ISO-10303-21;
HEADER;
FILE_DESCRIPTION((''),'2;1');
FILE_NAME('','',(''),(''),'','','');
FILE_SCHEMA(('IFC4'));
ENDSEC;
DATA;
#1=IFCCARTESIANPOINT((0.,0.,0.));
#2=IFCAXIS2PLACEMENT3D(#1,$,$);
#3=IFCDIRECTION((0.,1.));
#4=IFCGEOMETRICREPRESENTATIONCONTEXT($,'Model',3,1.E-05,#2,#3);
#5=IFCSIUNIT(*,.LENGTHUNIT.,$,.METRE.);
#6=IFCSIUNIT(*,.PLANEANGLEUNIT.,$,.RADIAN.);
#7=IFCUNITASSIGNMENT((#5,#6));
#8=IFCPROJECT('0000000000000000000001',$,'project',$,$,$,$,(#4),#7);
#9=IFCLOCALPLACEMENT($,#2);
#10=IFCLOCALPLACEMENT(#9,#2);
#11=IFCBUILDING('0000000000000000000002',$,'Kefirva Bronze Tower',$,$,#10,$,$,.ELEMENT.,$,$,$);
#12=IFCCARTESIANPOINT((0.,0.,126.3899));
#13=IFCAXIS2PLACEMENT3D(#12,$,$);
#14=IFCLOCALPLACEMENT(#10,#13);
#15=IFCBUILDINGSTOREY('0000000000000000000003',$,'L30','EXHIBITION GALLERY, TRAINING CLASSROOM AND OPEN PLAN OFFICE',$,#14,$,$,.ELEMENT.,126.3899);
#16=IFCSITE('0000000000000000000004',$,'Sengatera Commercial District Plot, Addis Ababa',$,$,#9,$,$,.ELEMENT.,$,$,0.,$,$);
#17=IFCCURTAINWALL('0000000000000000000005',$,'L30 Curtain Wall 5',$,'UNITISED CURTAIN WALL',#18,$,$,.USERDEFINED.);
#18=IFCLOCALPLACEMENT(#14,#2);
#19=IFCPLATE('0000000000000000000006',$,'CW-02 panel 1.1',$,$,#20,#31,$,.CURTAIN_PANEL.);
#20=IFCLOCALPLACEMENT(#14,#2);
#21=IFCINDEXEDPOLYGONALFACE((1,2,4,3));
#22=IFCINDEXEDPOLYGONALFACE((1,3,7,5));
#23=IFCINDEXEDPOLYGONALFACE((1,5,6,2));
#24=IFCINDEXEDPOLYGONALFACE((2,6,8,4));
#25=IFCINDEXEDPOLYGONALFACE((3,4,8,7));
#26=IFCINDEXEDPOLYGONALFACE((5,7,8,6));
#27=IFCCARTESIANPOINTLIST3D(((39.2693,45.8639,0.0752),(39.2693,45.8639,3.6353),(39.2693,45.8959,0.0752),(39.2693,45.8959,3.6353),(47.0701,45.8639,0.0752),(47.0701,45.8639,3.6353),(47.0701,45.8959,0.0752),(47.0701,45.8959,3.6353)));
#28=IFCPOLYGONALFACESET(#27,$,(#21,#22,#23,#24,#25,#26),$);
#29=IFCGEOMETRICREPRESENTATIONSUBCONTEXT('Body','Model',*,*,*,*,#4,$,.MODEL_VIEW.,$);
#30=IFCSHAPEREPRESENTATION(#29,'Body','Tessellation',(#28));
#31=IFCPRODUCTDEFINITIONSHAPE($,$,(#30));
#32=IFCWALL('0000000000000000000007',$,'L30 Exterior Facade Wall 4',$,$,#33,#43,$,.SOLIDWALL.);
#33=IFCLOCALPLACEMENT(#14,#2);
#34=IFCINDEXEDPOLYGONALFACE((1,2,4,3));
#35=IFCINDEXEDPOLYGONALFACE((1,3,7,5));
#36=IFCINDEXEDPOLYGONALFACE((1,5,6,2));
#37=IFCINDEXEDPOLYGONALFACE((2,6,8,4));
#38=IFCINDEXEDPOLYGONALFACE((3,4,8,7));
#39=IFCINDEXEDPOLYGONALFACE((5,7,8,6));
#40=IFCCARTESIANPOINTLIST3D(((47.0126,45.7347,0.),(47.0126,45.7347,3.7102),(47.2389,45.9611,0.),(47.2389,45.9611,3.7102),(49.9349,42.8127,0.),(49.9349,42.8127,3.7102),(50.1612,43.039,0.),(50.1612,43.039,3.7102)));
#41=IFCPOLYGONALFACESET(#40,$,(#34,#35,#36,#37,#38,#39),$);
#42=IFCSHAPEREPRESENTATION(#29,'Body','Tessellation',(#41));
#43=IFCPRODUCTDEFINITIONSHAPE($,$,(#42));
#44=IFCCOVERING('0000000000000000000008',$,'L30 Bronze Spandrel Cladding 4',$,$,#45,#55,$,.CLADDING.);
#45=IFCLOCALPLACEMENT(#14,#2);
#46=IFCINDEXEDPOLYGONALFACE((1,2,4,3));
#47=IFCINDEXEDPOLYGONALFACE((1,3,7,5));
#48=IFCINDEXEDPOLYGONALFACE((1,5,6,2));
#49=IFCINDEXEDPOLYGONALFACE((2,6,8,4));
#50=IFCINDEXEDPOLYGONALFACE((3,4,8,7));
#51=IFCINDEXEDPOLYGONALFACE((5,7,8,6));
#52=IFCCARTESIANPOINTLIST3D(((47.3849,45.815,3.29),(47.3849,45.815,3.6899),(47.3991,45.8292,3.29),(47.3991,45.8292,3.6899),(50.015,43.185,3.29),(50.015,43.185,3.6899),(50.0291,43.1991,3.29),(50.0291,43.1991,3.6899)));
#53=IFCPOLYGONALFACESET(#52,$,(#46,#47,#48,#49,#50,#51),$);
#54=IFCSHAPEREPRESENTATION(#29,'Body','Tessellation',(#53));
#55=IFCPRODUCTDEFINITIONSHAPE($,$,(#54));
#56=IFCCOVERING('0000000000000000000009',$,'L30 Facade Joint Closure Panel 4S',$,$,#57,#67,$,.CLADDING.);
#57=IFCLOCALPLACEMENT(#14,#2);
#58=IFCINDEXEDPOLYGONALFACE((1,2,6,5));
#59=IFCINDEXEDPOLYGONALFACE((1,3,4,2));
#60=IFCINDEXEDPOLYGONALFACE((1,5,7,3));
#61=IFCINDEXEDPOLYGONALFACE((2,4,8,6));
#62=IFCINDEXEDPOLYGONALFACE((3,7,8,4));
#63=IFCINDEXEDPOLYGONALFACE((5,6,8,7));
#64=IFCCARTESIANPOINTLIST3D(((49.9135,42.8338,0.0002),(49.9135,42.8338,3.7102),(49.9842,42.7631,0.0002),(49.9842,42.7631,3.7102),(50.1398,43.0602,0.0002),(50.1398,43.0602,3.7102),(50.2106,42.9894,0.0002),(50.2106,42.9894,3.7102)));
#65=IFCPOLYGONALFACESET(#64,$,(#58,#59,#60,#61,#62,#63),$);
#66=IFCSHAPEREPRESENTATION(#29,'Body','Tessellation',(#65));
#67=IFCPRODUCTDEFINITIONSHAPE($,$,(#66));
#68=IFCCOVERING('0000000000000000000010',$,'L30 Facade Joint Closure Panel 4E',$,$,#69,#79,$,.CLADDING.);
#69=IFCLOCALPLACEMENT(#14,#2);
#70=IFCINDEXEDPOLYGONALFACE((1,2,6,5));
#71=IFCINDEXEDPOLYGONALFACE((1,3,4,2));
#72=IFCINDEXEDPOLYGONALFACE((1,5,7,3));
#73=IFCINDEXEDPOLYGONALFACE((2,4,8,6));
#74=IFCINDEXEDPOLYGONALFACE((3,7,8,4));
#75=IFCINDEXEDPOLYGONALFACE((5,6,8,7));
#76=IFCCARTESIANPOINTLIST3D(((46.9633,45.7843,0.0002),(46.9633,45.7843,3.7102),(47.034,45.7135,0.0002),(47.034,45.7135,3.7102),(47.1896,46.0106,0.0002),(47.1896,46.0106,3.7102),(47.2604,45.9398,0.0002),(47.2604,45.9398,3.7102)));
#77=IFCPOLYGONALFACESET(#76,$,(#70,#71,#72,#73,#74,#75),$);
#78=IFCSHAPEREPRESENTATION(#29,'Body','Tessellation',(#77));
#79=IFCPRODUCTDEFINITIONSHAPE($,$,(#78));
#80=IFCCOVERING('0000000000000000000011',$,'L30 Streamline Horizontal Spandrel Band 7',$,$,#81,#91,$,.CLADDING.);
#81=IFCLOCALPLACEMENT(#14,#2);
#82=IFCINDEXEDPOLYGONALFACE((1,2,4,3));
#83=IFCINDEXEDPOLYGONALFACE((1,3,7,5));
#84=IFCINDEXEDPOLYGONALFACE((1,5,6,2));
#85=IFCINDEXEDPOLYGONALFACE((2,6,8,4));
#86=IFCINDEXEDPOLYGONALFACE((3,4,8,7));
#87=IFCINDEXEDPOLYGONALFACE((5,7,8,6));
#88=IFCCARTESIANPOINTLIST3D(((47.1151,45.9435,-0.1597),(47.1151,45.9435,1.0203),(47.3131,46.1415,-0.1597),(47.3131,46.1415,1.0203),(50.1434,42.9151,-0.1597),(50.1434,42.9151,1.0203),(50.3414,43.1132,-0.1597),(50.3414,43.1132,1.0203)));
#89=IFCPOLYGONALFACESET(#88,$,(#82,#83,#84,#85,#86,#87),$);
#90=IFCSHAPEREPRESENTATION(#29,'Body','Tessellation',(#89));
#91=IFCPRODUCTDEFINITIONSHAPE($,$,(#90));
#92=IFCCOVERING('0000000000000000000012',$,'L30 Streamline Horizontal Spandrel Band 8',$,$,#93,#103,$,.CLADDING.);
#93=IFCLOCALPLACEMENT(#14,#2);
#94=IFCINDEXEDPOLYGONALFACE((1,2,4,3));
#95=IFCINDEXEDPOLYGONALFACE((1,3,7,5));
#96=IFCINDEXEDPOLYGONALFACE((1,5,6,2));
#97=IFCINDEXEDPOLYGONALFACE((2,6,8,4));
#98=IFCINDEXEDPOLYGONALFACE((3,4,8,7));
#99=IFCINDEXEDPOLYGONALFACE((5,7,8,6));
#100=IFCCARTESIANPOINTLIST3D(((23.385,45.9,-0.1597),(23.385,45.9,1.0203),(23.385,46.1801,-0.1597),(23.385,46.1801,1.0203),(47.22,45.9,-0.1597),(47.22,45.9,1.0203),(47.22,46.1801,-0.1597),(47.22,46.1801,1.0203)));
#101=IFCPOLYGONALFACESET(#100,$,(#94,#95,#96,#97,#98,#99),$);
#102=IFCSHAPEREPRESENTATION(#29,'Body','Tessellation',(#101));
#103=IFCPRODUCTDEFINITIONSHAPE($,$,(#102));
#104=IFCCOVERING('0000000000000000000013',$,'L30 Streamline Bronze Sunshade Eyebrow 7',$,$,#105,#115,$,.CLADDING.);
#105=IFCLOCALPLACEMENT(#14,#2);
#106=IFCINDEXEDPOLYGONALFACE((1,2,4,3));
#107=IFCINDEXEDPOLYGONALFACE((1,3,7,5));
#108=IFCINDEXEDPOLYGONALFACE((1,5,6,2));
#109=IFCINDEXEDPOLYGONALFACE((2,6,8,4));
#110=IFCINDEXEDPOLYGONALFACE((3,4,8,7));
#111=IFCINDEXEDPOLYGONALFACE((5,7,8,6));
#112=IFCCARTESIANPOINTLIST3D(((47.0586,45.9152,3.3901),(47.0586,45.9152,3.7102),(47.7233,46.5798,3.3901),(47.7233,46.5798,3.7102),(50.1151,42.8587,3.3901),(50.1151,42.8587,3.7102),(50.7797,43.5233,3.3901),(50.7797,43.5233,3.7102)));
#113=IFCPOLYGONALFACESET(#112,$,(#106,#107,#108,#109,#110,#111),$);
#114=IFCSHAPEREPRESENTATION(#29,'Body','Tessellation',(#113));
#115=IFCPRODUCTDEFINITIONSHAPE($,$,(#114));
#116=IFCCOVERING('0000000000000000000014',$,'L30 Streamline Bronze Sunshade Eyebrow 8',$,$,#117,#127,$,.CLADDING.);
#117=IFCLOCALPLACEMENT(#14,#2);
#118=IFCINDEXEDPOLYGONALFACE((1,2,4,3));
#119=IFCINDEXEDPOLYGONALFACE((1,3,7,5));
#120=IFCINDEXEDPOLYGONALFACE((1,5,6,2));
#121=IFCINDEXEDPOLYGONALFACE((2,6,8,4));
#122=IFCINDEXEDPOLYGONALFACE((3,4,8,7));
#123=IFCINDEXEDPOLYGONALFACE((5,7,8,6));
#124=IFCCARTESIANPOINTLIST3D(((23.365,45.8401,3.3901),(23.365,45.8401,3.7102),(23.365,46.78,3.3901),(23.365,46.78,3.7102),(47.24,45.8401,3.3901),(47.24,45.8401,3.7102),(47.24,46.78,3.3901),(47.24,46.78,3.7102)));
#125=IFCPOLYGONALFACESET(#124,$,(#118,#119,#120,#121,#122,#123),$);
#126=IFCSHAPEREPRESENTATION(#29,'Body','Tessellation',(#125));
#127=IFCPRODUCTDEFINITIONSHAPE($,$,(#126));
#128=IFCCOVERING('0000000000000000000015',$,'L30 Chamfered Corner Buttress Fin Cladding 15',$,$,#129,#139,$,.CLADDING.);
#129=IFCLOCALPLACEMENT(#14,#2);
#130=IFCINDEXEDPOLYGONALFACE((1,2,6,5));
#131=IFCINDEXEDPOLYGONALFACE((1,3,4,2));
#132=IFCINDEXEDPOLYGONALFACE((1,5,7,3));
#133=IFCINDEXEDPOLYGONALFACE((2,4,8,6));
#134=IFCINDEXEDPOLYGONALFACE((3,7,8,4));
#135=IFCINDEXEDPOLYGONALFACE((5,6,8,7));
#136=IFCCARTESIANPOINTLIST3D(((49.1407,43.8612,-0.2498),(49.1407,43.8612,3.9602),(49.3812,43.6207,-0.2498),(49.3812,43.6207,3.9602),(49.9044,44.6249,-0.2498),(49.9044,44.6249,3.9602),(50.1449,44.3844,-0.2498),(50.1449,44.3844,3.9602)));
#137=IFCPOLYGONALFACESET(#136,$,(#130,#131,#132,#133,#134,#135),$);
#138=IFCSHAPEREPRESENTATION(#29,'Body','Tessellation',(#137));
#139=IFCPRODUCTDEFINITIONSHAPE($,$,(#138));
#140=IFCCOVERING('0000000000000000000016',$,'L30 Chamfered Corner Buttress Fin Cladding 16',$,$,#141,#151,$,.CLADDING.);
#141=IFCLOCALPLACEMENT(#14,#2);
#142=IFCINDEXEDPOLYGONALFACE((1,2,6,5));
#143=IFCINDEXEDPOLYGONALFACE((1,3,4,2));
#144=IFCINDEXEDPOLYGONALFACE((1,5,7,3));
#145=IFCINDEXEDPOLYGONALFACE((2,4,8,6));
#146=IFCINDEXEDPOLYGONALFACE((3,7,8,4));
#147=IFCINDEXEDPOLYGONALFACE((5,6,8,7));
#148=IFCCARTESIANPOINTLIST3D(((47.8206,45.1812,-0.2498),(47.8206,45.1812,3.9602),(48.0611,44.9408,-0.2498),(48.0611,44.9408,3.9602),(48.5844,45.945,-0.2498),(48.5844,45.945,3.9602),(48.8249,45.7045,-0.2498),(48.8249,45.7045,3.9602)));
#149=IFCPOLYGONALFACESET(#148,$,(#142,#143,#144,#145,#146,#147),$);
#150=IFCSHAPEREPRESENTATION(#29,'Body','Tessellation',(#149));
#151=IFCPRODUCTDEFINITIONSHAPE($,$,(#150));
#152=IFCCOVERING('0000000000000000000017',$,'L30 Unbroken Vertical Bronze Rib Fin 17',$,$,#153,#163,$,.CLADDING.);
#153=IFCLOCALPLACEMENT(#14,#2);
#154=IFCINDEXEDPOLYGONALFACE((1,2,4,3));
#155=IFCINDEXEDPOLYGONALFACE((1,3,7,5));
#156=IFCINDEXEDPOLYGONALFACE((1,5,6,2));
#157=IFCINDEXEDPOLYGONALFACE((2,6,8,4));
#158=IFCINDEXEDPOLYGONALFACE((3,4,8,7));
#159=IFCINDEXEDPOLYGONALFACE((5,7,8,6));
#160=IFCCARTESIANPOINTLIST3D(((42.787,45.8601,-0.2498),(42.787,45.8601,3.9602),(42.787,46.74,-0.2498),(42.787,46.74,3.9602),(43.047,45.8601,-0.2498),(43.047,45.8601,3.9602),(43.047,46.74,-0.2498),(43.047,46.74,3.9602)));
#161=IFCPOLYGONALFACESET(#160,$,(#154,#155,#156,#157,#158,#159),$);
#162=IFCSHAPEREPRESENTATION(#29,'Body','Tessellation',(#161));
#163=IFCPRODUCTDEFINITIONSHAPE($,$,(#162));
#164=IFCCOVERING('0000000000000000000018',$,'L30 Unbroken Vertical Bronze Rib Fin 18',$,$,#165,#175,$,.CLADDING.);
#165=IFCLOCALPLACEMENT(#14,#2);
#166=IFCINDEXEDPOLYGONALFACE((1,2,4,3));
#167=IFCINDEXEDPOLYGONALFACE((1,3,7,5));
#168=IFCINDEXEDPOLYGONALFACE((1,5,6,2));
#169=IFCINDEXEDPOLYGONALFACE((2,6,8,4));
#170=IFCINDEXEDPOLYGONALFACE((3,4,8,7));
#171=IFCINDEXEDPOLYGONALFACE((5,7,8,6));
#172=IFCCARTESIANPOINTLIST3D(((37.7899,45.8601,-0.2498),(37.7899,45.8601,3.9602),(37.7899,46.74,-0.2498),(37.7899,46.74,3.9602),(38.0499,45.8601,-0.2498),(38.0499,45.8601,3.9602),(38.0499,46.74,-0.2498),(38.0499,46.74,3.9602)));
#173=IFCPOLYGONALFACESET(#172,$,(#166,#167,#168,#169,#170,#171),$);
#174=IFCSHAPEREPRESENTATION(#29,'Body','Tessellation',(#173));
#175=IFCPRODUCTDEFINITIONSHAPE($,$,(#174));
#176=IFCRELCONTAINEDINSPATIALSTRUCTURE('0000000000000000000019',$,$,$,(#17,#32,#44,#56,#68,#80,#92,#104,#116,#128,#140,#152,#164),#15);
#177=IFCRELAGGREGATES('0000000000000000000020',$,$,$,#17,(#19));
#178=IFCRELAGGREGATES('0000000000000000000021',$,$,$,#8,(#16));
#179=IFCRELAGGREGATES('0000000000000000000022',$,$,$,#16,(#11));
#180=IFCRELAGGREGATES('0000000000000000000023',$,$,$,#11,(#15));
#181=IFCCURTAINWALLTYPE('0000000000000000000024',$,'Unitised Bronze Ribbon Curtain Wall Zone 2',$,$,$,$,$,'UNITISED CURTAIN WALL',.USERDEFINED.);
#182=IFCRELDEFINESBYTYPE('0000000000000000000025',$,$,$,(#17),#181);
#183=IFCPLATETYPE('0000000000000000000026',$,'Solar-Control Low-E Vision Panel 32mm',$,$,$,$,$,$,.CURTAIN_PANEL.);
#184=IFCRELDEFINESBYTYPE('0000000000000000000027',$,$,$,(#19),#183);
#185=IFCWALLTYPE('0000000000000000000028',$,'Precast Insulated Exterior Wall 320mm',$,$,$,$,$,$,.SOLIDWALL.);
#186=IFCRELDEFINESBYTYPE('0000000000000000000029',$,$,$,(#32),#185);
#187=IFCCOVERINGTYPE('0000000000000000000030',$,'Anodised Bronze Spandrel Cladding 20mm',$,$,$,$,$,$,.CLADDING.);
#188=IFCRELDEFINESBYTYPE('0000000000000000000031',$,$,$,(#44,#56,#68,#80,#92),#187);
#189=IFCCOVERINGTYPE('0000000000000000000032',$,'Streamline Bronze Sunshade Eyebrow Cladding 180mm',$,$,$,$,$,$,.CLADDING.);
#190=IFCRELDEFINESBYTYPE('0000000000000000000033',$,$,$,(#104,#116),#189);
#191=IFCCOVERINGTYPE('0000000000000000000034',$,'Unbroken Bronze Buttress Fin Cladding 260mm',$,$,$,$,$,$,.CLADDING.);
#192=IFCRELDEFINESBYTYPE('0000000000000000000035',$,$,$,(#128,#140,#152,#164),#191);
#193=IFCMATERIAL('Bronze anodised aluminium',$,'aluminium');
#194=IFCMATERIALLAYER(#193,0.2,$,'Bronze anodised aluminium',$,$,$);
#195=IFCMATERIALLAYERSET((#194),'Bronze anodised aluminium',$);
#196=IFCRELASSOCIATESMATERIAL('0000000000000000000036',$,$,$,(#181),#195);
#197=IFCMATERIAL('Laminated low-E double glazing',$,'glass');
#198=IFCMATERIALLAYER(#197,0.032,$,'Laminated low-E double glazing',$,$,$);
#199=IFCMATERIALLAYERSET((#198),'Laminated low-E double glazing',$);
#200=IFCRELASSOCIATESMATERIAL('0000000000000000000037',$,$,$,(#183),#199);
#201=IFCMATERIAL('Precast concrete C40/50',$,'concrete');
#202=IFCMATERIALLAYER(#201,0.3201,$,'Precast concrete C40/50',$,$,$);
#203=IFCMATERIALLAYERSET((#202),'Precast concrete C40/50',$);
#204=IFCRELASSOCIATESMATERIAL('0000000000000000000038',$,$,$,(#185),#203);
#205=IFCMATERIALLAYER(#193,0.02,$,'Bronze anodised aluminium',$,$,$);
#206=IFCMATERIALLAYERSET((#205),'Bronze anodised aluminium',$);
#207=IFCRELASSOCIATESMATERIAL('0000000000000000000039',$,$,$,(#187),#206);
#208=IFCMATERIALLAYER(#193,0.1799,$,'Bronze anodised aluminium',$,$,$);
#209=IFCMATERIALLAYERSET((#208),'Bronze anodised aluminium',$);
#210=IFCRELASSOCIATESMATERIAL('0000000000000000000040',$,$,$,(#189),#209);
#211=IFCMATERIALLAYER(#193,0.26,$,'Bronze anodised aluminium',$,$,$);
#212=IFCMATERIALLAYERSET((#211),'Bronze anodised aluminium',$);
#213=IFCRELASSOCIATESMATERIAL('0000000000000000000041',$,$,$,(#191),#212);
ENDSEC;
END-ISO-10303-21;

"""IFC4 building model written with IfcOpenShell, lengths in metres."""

from ifc_helpers import new_model, si_unit, direction, frame, frame_2d, origin, origin_2d, place, context, subcontext, project, spatial, rectangle, extrude, material, layer, layer_set, type_object, element, aggregate, save


model = new_model("IFC4")

# Units and contexts
model_context = context("Model", 3, precision=1e-05, world=origin(), true_north=direction((0.0, 1.0)))
body_context = subcontext(model_context, "Body", "Model", "MODEL_VIEW")
ifc_project = project(units=[si_unit("LENGTHUNIT", "METRE"), si_unit("PLANEANGLEUNIT", "RADIAN")], contexts=[model_context])

# Site, building, storey
site_placement = place(None, origin())
site = spatial("IfcSite", under=ifc_project, at=site_placement, Name="Sengatera Commercial District Plot, Addis Ababa", CompositionType="ELEMENT", RefElevation=0.0)
building_placement = place(site_placement, origin())
building = spatial("IfcBuilding", under=site, at=building_placement, Name="Kefirva Bronze Tower", CompositionType="ELEMENT")
storey_placement = place(building_placement, frame((0.0, 0.0, 126.3899)))
storey = spatial("IfcBuildingStorey", under=building, at=storey_placement, Name="L30", Description="EXHIBITION GALLERY, TRAINING CLASSROOM AND OPEN PLAN OFFICE", CompositionType="ELEMENT", Elevation=126.3899)

# Shared definitions
ifc_material_1 = material(Name="Bronze anodised aluminium", Category="aluminium")
ifc_layer_1 = layer(ifc_material_1, 0.2, Name="Bronze anodised aluminium")
ifc_layer_set_1 = layer_set([ifc_layer_1], Name="Bronze anodised aluminium")
curtain_wall_type = type_object("IfcCurtainWallType", Name="Unitised Bronze Ribbon Curtain Wall Zone 2", ElementType="UNITISED CURTAIN WALL", PredefinedType="USERDEFINED", material=ifc_layer_set_1)

# Curtain wall
curtain_wall_1_placement = place(storey_placement, origin())
curtain_wall_1 = element("IfcCurtainWall", 1, at=curtain_wall_1_placement, inside=storey, type_object=curtain_wall_type, Name="L30 Curtain Wall 5", ObjectType="UNITISED CURTAIN WALL", PredefinedType="USERDEFINED")

# Plate
ifc_material_2 = material(Name="Laminated low-E double glazing", Category="glass")
ifc_layer_2 = layer(ifc_material_2, 0.032, Name="Laminated low-E double glazing")
ifc_layer_set_2 = layer_set([ifc_layer_2], Name="Laminated low-E double glazing")
plate_type = type_object("IfcPlateType", Name="Solar-Control Low-E Vision Panel 32mm", PredefinedType="CURTAIN_PANEL", material=ifc_layer_set_2)
plate_placement = place(storey_placement, frame((43.1697, 45.8799, 0.0752), z_axis=(0.0, 0.0, 1.0), x_axis=(-1.0, 0.0, 0.0)))
plate = element("IfcPlate", 2, at=plate_placement, type_object=plate_type, Name="CW-02 panel 1.1", PredefinedType="CURTAIN_PANEL", context=body_context, shape_type="SweptSolid", body=[
    extrude(rectangle(XDim=7.8008, YDim=0.032, at=origin_2d()), origin(), (0.0, 0.0, 1.0), 3.5601),
])
aggregate(curtain_wall_1, [plate])

# Wall
ifc_material_3 = material(Name="Precast concrete C40/50", Category="concrete")
ifc_layer_3 = layer(ifc_material_3, 0.3201, Name="Precast concrete C40/50")
ifc_layer_set_3 = layer_set([ifc_layer_3], Name="Precast concrete C40/50")
wall_type = type_object("IfcWallType", Name="Precast Insulated Exterior Wall 320mm", PredefinedType="SOLIDWALL", material=ifc_layer_set_3)
wall_placement = place(storey_placement, frame((50.0481, 42.9258, 0.0), z_axis=(0.0, 0.0, 1.0), x_axis=(-0.707136, 0.707077, 0.0)))
element("IfcWall", 3, at=wall_placement, inside=storey, type_object=wall_type, Name="L30 Exterior Facade Wall 4", PredefinedType="SOLIDWALL", context=body_context, shape_type="SweptSolid", body=[
    extrude(rectangle(XDim=4.1326, YDim=0.3201, at=frame_2d((2.0664, 0.0))), origin(), (0.0, 0.0, 1.0), 3.7102),
])

# Coverings
ifc_layer_4 = layer(ifc_material_1, 0.02, Name="Bronze anodised aluminium")
ifc_layer_set_4 = layer_set([ifc_layer_4], Name="Bronze anodised aluminium")
covering_type_1 = type_object("IfcCoveringType", Name="Anodised Bronze Spandrel Cladding 20mm", PredefinedType="CLADDING", material=ifc_layer_set_4)
covering_1_placement = place(storey_placement, frame((48.707, 44.5071, 3.29), z_axis=(0.0, 0.0, 1.0), x_axis=(-0.707107, 0.707107, 0.0)))
element("IfcCovering", 4, at=covering_1_placement, inside=storey, type_object=covering_type_1, Name="L30 Bronze Spandrel Cladding 4", PredefinedType="CLADDING", context=body_context, shape_type="SweptSolid", body=[
    extrude(rectangle(XDim=3.7195, YDim=0.02, at=origin_2d()), origin(), (0.0, 0.0, 1.0), 0.3999),
])
for number, where, z_axis, x_axis, name in (
    (5, (50.062, 42.9116, 0.0002), (0.0, 0.0, 1.0), (-0.707107, 0.707107, 0.0), "L30 Facade Joint Closure Panel 4S"),
    (6, (47.1118, 45.8621, 0.0002), (0.0, 0.0, 1.0), (-0.707107, 0.707107, 0.0), "L30 Facade Joint Closure Panel 4E"),
):
    element("IfcCovering", number, at=place(storey_placement, frame(where, z_axis=z_axis, x_axis=x_axis)), inside=storey, type_object=covering_type_1, Name=name, PredefinedType="CLADDING", context=body_context, shape_type="SweptSolid", body=[
        extrude(rectangle(XDim=0.1001, YDim=0.3201, at=origin_2d()), origin(), (0.0, 0.0, 1.0), 3.71),
    ])
covering_2_placement = place(storey_placement, frame((48.7283, 44.5283, -0.1597), z_axis=(0.0, 0.0, 1.0), x_axis=(-0.707107, 0.707107, 0.0)))
element("IfcCovering", 7, at=covering_2_placement, inside=storey, type_object=covering_type_1, Name="L30 Streamline Horizontal Spandrel Band 7", PredefinedType="CLADDING", context=body_context, shape_type="SweptSolid", body=[
    extrude(rectangle(XDim=4.2827, YDim=0.28, at=origin_2d()), origin(), (0.0, 0.0, 1.0), 1.1799),
])
covering_3_placement = place(storey_placement, frame((35.3025, 46.04, -0.1597), z_axis=(0.0, 0.0, 1.0), x_axis=(-1.0, 0.0, 0.0)))
element("IfcCovering", 8, at=covering_3_placement, inside=storey, type_object=covering_type_1, Name="L30 Streamline Horizontal Spandrel Band 8", PredefinedType="CLADDING", context=body_context, shape_type="SweptSolid", body=[
    extrude(rectangle(XDim=23.835, YDim=0.28, at=origin_2d()), origin(), (0.0, 0.0, 1.0), 1.1799),
])
ifc_layer_5 = layer(ifc_material_1, 0.1799, Name="Bronze anodised aluminium")
ifc_layer_set_5 = layer_set([ifc_layer_5], Name="Bronze anodised aluminium")
covering_type_2 = type_object("IfcCoveringType", Name="Streamline Bronze Sunshade Eyebrow Cladding 180mm", PredefinedType="CLADDING", material=ifc_layer_set_5)
covering_4_placement = place(storey_placement, frame((48.9192, 44.7192, 3.3901), z_axis=(0.0, 0.0, 1.0), x_axis=(-0.707107, 0.707107, 0.0)))
element("IfcCovering", 9, at=covering_4_placement, inside=storey, type_object=covering_type_2, Name="L30 Streamline Bronze Sunshade Eyebrow 7", PredefinedType="CLADDING", context=body_context, shape_type="SweptSolid", body=[
    extrude(rectangle(XDim=4.3225, YDim=0.9399, at=origin_2d()), origin(), (0.0, 0.0, 1.0), 0.3201),
])
covering_5_placement = place(storey_placement, frame((35.3025, 46.3101, 3.3901), z_axis=(0.0, 0.0, 1.0), x_axis=(-1.0, 0.0, 0.0)))
element("IfcCovering", 10, at=covering_5_placement, inside=storey, type_object=covering_type_2, Name="L30 Streamline Bronze Sunshade Eyebrow 8", PredefinedType="CLADDING", context=body_context, shape_type="SweptSolid", body=[
    extrude(rectangle(XDim=23.875, YDim=0.9399, at=origin_2d()), origin(), (0.0, 0.0, 1.0), 0.3201),
])
ifc_layer_6 = layer(ifc_material_1, 0.26, Name="Bronze anodised aluminium")
ifc_layer_set_6 = layer_set([ifc_layer_6], Name="Bronze anodised aluminium")
covering_type_3 = type_object("IfcCoveringType", Name="Unbroken Bronze Buttress Fin Cladding 260mm", PredefinedType="CLADDING", material=ifc_layer_set_6)
for number, where, z_axis, x_axis, name in (
    (11, (49.6428, 44.1228, -0.2498), (0.0, 0.0, 1.0), (-0.707107, 0.707107, 0.0), "L30 Chamfered Corner Buttress Fin Cladding 15"),
    (12, (48.3228, 45.4429, -0.2498), (0.0, 0.0, 1.0), (-0.707107, 0.707107, 0.0), "L30 Chamfered Corner Buttress Fin Cladding 16"),
):
    element("IfcCovering", number, at=place(storey_placement, frame(where, z_axis=z_axis, x_axis=x_axis)), inside=storey, type_object=covering_type_3, Name=name, PredefinedType="CLADDING", context=body_context, shape_type="SweptSolid", body=[
        extrude(rectangle(XDim=0.3401, YDim=1.0801, at=origin_2d()), origin(), (0.0, 0.0, 1.0), 4.21),
    ])
for number, where, z_axis, x_axis, name in (
    (13, (42.917, 46.3, -0.2498), (0.0, 0.0, 1.0), (-1.0, 0.0, 0.0), "L30 Unbroken Vertical Bronze Rib Fin 17"),
    (14, (37.9199, 46.3, -0.2498), (0.0, 0.0, 1.0), (-1.0, 0.0, 0.0), "L30 Unbroken Vertical Bronze Rib Fin 18"),
):
    element("IfcCovering", number, at=place(storey_placement, frame(where, z_axis=z_axis, x_axis=x_axis)), inside=storey, type_object=covering_type_3, Name=name, PredefinedType="CLADDING", context=body_context, shape_type="SweptSolid", body=[
        extrude(rectangle(XDim=0.26, YDim=0.8799, at=origin_2d()), origin(), (0.0, 0.0, 1.0), 4.21),
    ])

save(model, "model.ifc")
